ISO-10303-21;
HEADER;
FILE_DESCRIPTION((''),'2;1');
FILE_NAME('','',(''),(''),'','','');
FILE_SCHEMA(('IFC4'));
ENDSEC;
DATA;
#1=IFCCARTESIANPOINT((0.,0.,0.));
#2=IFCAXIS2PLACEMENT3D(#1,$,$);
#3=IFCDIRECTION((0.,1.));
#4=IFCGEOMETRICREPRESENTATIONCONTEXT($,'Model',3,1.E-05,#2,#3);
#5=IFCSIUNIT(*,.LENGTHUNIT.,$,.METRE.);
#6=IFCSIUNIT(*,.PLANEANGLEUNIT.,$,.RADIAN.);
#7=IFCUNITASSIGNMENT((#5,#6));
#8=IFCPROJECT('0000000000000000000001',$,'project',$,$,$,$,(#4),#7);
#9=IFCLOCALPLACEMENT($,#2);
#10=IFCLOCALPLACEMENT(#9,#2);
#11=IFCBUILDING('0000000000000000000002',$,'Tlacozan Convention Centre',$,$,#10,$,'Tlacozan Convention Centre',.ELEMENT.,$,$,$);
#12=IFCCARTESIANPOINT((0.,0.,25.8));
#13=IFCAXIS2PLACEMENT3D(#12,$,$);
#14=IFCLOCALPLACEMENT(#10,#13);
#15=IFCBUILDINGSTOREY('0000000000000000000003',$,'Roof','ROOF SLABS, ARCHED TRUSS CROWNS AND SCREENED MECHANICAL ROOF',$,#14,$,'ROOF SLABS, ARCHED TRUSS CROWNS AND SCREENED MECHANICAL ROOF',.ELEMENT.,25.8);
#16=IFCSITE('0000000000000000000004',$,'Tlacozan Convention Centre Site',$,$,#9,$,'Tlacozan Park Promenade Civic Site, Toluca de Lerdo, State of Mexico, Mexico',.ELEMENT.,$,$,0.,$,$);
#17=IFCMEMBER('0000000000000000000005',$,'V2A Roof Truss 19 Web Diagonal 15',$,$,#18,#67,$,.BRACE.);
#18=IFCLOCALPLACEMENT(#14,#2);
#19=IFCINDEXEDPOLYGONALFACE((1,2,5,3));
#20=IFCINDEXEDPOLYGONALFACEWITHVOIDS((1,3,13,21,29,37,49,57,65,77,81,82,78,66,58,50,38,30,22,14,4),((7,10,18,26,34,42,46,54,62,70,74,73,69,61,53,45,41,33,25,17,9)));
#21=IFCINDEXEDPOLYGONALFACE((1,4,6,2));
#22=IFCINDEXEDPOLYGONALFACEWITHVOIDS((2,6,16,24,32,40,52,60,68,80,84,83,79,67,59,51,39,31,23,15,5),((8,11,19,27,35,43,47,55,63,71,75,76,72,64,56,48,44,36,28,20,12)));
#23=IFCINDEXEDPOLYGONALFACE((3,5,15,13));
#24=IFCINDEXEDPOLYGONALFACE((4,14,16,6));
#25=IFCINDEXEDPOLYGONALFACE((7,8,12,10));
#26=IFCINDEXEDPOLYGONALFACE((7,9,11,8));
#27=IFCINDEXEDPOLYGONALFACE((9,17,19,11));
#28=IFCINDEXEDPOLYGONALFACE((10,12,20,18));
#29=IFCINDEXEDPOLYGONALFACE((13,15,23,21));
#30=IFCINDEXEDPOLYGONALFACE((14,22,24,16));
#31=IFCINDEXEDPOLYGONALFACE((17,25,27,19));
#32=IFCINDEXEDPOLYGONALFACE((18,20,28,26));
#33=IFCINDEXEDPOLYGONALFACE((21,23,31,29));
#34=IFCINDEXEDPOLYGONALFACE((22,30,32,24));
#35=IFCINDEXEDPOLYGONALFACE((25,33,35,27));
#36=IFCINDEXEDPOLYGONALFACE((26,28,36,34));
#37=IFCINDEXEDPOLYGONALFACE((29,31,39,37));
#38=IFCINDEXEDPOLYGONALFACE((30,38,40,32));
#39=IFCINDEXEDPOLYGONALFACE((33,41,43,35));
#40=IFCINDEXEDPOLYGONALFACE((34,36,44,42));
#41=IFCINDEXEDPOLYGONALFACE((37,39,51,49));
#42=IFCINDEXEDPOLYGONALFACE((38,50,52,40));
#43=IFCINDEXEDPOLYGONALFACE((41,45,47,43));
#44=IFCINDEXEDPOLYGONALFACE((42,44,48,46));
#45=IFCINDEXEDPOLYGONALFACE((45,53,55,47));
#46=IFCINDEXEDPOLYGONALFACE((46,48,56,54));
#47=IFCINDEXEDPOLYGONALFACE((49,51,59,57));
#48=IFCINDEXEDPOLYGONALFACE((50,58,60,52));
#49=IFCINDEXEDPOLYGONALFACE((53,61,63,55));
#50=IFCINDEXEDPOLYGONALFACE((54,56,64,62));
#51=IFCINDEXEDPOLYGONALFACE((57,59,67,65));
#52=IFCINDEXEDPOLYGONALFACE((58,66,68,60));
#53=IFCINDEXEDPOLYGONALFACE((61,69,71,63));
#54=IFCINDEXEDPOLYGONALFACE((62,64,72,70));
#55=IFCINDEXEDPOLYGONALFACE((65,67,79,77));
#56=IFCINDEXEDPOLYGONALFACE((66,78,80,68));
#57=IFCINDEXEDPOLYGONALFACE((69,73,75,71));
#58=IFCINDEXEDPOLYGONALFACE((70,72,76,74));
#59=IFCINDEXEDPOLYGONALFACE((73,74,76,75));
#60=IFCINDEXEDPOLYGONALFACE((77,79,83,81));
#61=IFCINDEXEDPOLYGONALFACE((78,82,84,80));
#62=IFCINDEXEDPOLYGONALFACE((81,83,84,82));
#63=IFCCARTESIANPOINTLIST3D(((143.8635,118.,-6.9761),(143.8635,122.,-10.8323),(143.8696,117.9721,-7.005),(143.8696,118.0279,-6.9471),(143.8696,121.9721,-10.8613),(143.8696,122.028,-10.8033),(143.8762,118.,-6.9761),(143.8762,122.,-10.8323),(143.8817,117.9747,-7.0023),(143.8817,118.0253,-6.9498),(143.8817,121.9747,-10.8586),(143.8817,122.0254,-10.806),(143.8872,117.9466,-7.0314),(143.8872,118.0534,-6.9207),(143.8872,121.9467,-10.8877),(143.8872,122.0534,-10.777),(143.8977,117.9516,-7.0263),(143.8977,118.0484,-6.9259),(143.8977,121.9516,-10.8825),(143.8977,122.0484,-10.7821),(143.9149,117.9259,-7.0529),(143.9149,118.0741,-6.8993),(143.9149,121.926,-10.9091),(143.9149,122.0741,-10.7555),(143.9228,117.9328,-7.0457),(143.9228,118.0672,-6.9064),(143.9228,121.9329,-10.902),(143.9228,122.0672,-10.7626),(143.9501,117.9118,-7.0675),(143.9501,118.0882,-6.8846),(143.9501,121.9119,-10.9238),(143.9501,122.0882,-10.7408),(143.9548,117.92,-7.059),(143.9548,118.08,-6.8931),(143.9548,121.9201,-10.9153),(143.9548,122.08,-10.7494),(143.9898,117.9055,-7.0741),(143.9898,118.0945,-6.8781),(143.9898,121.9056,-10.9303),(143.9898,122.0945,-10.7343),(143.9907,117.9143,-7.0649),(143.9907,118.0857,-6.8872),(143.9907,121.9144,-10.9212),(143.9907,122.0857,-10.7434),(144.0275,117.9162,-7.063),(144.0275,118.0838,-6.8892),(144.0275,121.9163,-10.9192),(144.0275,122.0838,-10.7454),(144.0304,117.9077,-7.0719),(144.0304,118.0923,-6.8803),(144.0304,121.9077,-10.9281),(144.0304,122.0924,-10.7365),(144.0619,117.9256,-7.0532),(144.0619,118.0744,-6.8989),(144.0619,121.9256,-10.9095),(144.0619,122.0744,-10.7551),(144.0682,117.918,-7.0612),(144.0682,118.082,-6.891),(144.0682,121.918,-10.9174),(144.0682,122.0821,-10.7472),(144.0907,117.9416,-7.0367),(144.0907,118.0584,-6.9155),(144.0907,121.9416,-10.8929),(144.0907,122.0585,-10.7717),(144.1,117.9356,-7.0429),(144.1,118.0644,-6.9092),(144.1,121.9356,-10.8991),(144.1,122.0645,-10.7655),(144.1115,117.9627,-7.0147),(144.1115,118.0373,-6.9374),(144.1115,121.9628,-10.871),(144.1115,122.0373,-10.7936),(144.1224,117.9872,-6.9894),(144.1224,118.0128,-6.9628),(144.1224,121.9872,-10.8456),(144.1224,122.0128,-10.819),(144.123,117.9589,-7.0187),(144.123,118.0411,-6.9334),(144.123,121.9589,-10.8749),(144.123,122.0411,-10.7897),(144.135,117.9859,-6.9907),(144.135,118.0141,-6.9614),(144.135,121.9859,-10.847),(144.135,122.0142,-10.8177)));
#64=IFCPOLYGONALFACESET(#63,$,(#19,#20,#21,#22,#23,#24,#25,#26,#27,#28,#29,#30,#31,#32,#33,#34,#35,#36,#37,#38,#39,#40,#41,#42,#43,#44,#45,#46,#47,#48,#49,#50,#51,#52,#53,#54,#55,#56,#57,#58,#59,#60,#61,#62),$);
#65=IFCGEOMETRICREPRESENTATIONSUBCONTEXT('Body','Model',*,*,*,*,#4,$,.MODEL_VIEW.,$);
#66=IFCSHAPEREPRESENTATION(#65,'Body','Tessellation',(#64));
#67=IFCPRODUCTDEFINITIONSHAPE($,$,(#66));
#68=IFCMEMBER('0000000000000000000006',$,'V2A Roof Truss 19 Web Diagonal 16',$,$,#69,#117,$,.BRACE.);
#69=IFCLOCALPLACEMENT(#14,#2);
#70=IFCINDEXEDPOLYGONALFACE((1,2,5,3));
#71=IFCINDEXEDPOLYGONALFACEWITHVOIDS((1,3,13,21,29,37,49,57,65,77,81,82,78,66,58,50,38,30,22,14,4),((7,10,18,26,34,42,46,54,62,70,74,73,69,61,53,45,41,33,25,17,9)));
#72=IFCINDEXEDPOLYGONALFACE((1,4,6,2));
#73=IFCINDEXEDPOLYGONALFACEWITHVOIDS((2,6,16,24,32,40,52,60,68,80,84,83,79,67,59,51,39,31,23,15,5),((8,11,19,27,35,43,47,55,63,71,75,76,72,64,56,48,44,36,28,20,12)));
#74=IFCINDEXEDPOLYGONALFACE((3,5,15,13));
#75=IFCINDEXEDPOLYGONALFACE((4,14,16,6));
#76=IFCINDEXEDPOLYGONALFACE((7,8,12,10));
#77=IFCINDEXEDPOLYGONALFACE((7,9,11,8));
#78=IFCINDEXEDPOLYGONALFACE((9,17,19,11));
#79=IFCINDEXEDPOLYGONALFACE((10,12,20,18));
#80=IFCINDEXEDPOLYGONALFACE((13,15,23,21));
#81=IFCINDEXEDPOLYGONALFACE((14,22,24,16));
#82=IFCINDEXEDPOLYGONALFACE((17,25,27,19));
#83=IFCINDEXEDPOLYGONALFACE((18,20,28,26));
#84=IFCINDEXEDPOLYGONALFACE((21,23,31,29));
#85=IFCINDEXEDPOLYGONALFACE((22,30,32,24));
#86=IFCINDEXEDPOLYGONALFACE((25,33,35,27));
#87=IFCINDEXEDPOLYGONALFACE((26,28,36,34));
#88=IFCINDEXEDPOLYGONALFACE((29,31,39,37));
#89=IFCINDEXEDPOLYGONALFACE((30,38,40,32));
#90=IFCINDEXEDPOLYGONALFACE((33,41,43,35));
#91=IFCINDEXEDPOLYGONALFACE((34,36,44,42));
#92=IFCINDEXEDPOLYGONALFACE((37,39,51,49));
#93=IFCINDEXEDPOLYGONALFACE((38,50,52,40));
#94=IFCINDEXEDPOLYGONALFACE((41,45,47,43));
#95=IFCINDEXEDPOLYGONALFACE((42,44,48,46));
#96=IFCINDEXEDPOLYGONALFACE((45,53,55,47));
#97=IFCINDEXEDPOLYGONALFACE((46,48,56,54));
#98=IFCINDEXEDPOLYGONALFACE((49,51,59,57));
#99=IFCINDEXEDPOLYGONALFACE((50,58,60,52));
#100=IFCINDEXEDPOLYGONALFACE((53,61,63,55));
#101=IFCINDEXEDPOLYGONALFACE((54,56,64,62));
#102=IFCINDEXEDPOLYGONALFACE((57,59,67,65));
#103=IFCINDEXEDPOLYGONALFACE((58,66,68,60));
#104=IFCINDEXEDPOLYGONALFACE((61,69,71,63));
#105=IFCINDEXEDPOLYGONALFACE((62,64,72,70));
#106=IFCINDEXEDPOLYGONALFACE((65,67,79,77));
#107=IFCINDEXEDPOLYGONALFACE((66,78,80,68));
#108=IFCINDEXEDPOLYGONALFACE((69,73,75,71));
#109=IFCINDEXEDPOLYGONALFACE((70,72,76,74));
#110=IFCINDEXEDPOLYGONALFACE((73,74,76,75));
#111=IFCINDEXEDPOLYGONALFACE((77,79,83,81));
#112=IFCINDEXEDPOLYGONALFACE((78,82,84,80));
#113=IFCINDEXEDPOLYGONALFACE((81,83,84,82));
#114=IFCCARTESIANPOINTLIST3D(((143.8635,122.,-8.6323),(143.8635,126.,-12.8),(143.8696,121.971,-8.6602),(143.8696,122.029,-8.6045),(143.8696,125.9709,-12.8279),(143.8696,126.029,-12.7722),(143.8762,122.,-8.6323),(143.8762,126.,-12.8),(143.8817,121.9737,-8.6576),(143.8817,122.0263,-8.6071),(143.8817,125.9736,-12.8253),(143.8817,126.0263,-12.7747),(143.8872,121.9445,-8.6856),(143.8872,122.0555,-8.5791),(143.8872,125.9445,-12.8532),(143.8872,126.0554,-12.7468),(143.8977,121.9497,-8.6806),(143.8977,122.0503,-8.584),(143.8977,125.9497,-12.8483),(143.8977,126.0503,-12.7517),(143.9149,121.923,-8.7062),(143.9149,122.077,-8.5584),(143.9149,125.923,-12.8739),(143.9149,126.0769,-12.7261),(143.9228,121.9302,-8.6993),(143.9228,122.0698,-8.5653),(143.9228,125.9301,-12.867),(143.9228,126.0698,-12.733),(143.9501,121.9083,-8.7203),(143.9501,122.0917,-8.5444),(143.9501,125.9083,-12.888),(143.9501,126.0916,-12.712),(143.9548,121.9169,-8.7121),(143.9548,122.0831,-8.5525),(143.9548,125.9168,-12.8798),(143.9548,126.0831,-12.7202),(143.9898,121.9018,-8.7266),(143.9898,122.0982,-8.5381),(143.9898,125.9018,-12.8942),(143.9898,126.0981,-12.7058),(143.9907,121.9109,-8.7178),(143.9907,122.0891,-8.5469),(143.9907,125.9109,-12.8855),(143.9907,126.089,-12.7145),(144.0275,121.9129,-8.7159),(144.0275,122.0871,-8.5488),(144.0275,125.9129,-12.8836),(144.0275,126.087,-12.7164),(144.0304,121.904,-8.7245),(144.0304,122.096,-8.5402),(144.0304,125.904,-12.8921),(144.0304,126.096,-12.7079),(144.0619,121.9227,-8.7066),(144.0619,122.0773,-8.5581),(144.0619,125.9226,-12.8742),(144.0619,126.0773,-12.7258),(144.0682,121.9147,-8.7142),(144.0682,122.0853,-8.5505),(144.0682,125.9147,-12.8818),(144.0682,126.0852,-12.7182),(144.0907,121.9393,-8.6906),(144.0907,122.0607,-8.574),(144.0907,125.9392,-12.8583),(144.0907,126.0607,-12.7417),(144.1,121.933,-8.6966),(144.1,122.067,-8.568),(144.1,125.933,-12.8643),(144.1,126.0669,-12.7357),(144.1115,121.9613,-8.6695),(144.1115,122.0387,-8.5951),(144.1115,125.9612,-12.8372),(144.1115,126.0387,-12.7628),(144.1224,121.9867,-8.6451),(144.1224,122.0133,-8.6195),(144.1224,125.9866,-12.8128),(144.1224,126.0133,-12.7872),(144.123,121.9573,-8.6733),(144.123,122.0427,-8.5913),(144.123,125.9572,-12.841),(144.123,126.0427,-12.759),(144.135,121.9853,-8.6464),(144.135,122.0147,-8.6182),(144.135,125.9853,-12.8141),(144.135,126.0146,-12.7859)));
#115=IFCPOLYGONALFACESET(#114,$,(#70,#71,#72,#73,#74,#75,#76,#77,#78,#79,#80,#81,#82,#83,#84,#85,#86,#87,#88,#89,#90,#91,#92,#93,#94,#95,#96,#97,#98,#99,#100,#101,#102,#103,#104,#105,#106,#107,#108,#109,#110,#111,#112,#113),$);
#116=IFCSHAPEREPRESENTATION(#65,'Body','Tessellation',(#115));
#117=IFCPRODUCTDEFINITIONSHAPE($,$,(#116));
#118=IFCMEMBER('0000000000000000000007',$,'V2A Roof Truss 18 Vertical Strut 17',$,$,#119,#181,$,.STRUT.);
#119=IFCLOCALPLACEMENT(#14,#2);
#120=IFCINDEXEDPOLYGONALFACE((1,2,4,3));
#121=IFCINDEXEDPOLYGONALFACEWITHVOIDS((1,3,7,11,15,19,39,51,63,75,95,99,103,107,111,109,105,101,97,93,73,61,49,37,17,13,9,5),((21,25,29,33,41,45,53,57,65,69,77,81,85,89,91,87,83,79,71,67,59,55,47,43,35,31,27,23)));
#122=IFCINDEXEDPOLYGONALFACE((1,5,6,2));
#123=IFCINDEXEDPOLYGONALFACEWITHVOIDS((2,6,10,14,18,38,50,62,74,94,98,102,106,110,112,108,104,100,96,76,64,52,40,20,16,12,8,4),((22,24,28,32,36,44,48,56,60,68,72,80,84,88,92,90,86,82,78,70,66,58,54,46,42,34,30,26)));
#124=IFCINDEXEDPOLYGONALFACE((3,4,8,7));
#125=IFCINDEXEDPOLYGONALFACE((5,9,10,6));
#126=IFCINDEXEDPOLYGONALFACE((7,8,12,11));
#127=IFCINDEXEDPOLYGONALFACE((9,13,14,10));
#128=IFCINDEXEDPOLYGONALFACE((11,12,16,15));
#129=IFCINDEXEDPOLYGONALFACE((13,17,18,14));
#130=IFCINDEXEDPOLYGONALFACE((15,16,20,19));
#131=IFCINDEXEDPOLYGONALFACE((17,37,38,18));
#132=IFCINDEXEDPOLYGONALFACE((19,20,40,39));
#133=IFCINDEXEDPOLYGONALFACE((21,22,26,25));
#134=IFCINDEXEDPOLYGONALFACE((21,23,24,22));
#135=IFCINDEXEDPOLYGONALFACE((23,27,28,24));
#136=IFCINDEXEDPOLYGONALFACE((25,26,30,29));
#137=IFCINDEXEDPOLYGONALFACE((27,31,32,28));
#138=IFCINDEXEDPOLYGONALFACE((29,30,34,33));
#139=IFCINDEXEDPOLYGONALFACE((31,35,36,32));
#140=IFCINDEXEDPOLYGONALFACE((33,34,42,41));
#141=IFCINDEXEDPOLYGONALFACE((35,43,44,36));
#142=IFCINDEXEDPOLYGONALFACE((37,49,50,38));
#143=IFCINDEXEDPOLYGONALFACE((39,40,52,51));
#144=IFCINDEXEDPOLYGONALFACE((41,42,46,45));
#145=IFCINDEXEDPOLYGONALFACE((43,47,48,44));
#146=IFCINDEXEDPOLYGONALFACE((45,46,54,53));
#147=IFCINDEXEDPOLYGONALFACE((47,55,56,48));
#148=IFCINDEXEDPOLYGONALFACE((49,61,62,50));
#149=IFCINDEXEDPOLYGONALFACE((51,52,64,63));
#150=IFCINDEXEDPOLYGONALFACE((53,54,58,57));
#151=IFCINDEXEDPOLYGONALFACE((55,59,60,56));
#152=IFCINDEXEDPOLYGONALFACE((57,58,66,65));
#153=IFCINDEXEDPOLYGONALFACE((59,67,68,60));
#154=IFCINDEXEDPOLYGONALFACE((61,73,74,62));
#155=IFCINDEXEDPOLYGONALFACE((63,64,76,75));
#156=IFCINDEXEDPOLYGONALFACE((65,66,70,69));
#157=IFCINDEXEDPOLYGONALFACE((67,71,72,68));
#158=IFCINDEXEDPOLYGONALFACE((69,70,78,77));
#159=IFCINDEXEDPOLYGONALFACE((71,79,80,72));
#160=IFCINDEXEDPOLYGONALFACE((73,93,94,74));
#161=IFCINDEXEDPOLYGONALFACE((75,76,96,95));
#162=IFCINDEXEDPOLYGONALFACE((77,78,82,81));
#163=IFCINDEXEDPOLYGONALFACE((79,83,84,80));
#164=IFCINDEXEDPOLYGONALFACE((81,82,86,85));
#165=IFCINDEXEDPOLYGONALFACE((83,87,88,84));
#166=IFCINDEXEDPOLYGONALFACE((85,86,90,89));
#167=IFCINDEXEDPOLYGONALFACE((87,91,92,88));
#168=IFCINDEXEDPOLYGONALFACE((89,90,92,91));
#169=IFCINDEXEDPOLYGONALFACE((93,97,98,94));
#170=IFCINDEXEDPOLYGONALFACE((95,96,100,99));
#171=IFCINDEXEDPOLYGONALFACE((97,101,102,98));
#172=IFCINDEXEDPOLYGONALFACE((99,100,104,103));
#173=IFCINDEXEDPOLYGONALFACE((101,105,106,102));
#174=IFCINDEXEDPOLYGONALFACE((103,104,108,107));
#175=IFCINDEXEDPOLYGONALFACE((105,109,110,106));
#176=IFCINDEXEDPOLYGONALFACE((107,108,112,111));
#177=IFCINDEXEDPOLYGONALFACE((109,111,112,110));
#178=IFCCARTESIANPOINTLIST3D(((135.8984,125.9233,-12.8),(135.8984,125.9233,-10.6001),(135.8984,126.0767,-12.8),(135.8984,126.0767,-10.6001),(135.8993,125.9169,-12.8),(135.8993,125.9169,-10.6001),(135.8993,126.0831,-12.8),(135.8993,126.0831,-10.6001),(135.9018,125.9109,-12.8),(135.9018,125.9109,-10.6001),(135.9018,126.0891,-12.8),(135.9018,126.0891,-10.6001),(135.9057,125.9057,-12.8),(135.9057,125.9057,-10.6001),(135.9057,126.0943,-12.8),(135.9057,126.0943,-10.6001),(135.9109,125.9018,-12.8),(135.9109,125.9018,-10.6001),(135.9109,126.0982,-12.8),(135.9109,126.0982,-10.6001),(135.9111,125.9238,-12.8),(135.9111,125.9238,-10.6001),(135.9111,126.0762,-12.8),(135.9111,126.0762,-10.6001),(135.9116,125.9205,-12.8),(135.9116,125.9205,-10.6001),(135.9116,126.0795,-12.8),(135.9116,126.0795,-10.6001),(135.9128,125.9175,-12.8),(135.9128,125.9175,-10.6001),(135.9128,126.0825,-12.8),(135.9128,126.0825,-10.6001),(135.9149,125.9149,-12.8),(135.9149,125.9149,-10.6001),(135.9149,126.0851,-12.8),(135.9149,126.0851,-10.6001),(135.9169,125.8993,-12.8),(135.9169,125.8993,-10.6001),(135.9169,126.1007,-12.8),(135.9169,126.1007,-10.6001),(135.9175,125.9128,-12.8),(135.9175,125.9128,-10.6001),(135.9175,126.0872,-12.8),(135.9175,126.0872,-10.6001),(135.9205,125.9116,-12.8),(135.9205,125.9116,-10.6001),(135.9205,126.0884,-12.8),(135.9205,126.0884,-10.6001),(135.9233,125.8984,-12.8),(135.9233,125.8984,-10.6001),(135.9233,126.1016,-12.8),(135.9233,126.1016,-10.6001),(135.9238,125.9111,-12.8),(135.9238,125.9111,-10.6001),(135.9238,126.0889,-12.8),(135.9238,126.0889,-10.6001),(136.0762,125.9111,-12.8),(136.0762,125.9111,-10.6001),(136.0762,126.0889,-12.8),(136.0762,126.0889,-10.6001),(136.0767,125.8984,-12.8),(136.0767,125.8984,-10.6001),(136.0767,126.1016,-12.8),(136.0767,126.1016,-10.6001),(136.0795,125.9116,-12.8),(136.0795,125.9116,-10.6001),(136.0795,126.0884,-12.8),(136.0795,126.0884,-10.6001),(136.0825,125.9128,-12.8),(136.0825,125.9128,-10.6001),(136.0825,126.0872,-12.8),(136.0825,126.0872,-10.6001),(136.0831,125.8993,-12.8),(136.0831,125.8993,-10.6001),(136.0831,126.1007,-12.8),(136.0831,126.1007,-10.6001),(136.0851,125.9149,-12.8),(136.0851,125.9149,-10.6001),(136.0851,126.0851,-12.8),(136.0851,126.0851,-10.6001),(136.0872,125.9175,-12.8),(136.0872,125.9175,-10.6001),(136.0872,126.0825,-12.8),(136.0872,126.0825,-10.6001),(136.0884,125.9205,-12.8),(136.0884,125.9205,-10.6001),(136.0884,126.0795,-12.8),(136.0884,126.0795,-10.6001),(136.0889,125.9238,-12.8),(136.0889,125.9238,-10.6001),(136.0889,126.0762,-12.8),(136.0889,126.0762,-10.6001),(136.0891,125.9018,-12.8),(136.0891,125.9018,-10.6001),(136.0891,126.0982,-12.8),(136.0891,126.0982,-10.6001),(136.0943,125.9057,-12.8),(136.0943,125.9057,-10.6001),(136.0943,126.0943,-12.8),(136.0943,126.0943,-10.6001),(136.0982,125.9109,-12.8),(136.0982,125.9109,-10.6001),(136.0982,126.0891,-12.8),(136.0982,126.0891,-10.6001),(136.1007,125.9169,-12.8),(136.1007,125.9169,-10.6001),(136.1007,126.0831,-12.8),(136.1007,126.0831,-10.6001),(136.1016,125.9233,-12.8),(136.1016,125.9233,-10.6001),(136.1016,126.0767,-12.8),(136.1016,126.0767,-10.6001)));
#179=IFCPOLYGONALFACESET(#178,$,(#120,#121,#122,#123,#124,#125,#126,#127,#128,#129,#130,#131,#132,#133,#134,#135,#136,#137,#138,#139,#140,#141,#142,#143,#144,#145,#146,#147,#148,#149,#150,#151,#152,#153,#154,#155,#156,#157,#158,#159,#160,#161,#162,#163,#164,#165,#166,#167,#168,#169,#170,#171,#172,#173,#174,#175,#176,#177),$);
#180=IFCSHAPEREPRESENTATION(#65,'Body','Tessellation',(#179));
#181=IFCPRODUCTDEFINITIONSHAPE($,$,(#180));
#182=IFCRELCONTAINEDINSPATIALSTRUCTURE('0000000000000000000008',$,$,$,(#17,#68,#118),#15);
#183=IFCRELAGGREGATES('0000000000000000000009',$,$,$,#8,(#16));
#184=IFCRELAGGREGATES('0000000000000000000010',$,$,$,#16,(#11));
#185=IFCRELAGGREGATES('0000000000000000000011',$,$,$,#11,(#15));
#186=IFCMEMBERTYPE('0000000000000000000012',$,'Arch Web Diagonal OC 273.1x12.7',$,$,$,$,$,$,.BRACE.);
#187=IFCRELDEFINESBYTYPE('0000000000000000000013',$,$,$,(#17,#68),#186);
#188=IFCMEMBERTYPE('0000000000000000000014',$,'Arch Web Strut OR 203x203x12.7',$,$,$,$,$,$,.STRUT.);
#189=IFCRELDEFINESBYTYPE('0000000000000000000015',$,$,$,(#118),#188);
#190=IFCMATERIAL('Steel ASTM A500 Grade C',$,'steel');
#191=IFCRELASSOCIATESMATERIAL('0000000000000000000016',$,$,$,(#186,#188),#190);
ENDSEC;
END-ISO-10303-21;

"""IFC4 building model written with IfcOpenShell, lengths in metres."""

from ifc_helpers import new_model, si_unit, direction, frame, origin, origin_2d, place, context, subcontext, project, spatial, hollow_rectangle, hollow_circle, extrude, material, material_profile, profile_set, type_object, element, save


model = new_model("IFC4")

# Units and contexts
model_context = context("Model", 3, precision=1e-05, world=origin(), true_north=direction((0.0, 1.0)))
body_context = subcontext(model_context, "Body", "Model", "MODEL_VIEW")
ifc_project = project(units=[si_unit("LENGTHUNIT", "METRE"), si_unit("PLANEANGLEUNIT", "RADIAN")], contexts=[model_context])

# Site, building, storey
site_placement = place(None, origin())
site = spatial("IfcSite", under=ifc_project, at=site_placement, Name="Tlacozan Convention Centre Site", LongName="Tlacozan Park Promenade Civic Site, Toluca de Lerdo, State of Mexico, Mexico", CompositionType="ELEMENT", RefElevation=0.0)
building_placement = place(site_placement, origin())
building = spatial("IfcBuilding", under=site, at=building_placement, Name="Tlacozan Convention Centre", LongName="Tlacozan Convention Centre", CompositionType="ELEMENT")
storey_placement = place(building_placement, frame((0.0, 0.0, 25.8)))
storey = spatial("IfcBuildingStorey", under=building, at=storey_placement, Name="Roof", Description="ROOF SLABS, ARCHED TRUSS CROWNS AND SCREENED MECHANICAL ROOF", LongName="ROOF SLABS, ARCHED TRUSS CROWNS AND SCREENED MECHANICAL ROOF", CompositionType="ELEMENT", Elevation=25.8)

# Members
ifc_material_1 = material(Name="Steel ASTM A500 Grade C", Category="steel")
ifc_material_profile_1 = material_profile(ifc_material_1, hollow_circle(Radius=0.1365, WallThickness=0.0127, at=origin_2d()), Name="OC 273.1x12.7")
ifc_profile_set_1 = profile_set([ifc_material_profile_1], Name="Steel ASTM A500 Grade C")
member_type_1 = type_object("IfcMemberType", Name="Arch Web Diagonal OC 273.1x12.7", PredefinedType="BRACE", material=ifc_profile_set_1)
member_1_placement = place(storey_placement, frame((144.0, 118.0, -6.9761), z_axis=(0.0, 0.719929, -0.694048), x_axis=(-1.0, 0.0, 0.0)))
element("IfcMember", 1, at=member_1_placement, inside=storey, type_object=member_type_1, Name="V2A Roof Truss 19 Web Diagonal 15", PredefinedType="BRACE", context=body_context, shape_type="SweptSolid", body=[
    extrude(hollow_circle(Radius=0.1365, WallThickness=0.0127, at=origin_2d()), origin(), (0.0, 0.0, 1.0), 5.5562),
])
member_2_placement = place(storey_placement, frame((144.0, 122.0, -8.6323), z_axis=(0.0, 0.69244, -0.721475), x_axis=(-1.0, 0.0, 0.0)))
element("IfcMember", 2, at=member_2_placement, inside=storey, type_object=member_type_1, Name="V2A Roof Truss 19 Web Diagonal 16", PredefinedType="BRACE", context=body_context, shape_type="SweptSolid", body=[
    extrude(hollow_circle(Radius=0.1365, WallThickness=0.0127, at=origin_2d()), origin(), (0.0, 0.0, 1.0), 5.7766),
])
ifc_material_profile_2 = material_profile(ifc_material_1, hollow_rectangle(XDim=0.2031, YDim=0.2031, WallThickness=0.0127, InnerFilletRadius=0.0127, OuterFilletRadius=0.0249, at=origin_2d()), Name="OR 203x203x12.7")
ifc_profile_set_2 = profile_set([ifc_material_profile_2], Name="Steel ASTM A500 Grade C")
member_type_2 = type_object("IfcMemberType", Name="Arch Web Strut OR 203x203x12.7", PredefinedType="STRUT", material=ifc_profile_set_2)
member_3_placement = place(storey_placement, frame((136.0, 126.0, -12.8), z_axis=(0.0, 0.0, 1.0), x_axis=(1.0, 0.0, 0.0)))
element("IfcMember", 3, at=member_3_placement, inside=storey, type_object=member_type_2, Name="V2A Roof Truss 18 Vertical Strut 17", PredefinedType="STRUT", context=body_context, shape_type="SweptSolid", body=[
    extrude(hollow_rectangle(XDim=0.2031, YDim=0.2031, WallThickness=0.0127, InnerFilletRadius=0.0127, OuterFilletRadius=0.0249, at=origin_2d()), origin(), (0.0, 0.0, 1.0), 2.2),
])

save(model, "model.ifc")
